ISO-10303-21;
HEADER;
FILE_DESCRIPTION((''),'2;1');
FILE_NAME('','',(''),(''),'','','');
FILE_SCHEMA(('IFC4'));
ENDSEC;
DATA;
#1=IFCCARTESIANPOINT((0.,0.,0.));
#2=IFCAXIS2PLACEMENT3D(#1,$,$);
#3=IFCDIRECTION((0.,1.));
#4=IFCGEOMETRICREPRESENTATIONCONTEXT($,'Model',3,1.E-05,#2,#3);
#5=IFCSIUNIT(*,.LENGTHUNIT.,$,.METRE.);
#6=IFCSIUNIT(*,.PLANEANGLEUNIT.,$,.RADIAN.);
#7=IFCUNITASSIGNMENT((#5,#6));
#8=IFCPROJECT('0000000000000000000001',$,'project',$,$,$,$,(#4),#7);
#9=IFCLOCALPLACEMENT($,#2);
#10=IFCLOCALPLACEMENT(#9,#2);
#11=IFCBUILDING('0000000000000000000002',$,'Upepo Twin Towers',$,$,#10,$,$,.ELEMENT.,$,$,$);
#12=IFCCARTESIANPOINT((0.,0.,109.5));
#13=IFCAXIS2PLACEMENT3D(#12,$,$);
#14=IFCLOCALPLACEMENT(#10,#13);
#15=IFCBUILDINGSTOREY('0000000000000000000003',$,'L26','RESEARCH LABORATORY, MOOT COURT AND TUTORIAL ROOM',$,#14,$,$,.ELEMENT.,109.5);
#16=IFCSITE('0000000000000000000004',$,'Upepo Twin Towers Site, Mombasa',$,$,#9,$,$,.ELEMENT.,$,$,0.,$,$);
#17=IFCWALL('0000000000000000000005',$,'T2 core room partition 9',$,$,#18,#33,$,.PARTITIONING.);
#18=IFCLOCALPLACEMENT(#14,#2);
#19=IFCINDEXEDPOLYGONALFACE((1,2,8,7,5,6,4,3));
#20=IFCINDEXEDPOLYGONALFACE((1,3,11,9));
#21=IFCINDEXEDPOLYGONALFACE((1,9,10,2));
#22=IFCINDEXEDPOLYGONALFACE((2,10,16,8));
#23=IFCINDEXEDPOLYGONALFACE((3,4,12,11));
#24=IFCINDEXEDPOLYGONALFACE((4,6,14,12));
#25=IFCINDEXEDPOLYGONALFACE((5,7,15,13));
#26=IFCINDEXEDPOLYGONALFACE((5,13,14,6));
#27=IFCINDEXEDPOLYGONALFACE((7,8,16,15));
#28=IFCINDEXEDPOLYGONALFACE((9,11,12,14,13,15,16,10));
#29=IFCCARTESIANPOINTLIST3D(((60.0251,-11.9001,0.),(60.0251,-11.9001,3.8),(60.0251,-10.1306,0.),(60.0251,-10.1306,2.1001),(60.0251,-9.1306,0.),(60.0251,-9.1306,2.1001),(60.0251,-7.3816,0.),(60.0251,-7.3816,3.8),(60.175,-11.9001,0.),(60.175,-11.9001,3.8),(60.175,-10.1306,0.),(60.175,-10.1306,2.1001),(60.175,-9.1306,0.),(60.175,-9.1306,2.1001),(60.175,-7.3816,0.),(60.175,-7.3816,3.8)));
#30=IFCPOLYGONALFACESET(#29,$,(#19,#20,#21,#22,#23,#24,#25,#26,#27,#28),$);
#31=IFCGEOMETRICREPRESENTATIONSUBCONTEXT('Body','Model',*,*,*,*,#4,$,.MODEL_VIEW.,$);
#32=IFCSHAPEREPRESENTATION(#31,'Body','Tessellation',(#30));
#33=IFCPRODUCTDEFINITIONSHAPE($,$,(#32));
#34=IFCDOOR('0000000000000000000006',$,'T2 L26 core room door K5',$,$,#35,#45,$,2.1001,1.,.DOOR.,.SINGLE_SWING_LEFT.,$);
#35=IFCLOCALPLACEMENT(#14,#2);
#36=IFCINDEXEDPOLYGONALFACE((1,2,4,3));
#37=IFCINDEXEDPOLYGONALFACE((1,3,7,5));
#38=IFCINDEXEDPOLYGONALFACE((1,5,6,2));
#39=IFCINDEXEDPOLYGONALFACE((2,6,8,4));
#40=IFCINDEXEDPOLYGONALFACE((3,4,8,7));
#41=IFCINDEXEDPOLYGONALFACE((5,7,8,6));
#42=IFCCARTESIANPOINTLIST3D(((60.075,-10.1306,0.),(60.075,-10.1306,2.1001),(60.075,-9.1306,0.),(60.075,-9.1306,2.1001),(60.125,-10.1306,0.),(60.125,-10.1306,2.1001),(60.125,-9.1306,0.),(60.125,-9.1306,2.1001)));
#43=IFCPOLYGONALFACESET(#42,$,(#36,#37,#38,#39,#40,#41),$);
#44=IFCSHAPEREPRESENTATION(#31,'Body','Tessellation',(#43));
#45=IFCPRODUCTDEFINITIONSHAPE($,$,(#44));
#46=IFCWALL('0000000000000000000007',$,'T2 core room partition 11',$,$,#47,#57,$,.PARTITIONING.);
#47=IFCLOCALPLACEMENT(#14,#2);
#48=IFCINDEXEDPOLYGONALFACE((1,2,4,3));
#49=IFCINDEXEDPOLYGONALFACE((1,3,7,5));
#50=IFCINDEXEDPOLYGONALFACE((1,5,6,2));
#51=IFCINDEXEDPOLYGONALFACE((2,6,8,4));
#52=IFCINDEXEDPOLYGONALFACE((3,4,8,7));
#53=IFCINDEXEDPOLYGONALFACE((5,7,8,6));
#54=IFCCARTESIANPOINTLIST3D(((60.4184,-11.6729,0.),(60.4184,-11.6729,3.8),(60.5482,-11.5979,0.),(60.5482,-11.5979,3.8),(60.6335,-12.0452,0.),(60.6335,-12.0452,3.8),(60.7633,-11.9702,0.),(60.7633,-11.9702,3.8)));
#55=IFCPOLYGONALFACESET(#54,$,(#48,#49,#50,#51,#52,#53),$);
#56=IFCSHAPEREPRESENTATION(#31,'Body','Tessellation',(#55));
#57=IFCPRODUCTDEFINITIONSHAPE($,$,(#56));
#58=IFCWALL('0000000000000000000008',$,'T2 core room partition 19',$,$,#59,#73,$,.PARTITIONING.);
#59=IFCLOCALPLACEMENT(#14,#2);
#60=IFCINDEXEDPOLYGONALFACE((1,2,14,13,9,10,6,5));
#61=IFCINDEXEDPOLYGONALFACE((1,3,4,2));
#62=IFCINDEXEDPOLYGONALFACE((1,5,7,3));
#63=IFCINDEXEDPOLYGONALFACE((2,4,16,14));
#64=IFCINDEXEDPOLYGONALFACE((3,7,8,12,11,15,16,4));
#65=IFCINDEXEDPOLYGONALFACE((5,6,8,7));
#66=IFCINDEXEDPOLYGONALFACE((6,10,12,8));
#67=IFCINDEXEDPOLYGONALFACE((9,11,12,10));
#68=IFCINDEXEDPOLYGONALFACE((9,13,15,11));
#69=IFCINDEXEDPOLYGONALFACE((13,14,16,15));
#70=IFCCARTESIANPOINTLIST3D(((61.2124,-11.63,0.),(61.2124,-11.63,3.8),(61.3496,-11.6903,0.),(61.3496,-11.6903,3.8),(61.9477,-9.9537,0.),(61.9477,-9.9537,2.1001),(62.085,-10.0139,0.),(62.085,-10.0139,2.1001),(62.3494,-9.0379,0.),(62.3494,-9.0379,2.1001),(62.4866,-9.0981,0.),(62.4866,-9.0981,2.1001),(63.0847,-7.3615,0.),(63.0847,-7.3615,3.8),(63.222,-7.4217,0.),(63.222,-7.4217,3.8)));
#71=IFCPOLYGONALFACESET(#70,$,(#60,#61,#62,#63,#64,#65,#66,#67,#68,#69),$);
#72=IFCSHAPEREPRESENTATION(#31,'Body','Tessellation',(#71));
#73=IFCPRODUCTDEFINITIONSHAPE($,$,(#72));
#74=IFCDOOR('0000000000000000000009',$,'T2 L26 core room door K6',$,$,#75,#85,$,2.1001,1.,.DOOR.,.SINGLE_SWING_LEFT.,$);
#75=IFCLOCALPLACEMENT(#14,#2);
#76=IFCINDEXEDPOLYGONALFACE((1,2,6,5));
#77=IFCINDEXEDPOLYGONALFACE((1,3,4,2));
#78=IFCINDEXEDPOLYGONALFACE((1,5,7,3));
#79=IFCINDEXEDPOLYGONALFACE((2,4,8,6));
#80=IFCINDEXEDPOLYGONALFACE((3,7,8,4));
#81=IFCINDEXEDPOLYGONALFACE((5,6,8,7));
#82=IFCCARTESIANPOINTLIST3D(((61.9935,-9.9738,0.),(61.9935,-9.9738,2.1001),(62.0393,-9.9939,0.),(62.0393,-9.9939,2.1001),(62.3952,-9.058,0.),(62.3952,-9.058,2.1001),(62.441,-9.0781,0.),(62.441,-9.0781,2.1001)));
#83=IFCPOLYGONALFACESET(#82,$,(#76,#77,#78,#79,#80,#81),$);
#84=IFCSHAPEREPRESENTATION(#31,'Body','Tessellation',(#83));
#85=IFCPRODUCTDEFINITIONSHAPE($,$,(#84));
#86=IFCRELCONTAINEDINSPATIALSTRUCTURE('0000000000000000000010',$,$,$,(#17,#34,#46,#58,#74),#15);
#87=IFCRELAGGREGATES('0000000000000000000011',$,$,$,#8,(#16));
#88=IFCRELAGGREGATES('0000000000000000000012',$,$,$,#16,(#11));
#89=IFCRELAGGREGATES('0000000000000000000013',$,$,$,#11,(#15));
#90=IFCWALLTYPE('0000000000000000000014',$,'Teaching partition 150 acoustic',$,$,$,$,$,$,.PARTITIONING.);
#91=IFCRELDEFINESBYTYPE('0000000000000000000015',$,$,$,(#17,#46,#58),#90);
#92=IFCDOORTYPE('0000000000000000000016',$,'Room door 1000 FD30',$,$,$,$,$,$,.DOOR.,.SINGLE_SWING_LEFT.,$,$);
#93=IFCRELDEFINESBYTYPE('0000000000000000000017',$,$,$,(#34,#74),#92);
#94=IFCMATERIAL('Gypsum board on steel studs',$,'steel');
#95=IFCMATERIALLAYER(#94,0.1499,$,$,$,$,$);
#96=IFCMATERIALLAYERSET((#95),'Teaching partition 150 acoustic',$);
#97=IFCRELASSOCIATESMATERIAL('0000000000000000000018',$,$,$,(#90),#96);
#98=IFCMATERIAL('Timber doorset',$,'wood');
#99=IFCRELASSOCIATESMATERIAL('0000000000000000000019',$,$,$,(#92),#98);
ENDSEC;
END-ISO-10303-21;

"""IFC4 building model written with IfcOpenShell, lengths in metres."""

from ifc_helpers import new_model, si_unit, direction, frame, frame_2d, origin, place, context, subcontext, project, spatial, rectangle, extrude, material, layer, layer_set, type_object, element, fill, save


model = new_model("IFC4")

# Units and contexts
model_context = context("Model", 3, precision=1e-05, world=origin(), true_north=direction((0.0, 1.0)))
body_context = subcontext(model_context, "Body", "Model", "MODEL_VIEW")
ifc_project = project(units=[si_unit("LENGTHUNIT", "METRE"), si_unit("PLANEANGLEUNIT", "RADIAN")], contexts=[model_context])

# Site, building, storey
site_placement = place(None, origin())
site = spatial("IfcSite", under=ifc_project, at=site_placement, Name="Upepo Twin Towers Site, Mombasa", CompositionType="ELEMENT", RefElevation=0.0)
building_placement = place(site_placement, origin())
building = spatial("IfcBuilding", under=site, at=building_placement, Name="Upepo Twin Towers", CompositionType="ELEMENT")
storey_placement = place(building_placement, frame((0.0, 0.0, 109.5)))
storey = spatial("IfcBuildingStorey", under=building, at=storey_placement, Name="L26", Description="RESEARCH LABORATORY, MOOT COURT AND TUTORIAL ROOM", CompositionType="ELEMENT", Elevation=109.5)

# Wall, opening, door
ifc_material_1 = material(Name="Gypsum board on steel studs", Category="steel")
ifc_layer_1 = layer(ifc_material_1, 0.1499)
ifc_layer_set_1 = layer_set([ifc_layer_1], Name="Teaching partition 150 acoustic")
wall_type_1 = type_object("IfcWallType", Name="Teaching partition 150 acoustic", PredefinedType="PARTITIONING", material=ifc_layer_set_1)
wall_1_placement = place(storey_placement, frame((60.1001, -7.3816, 0.0), z_axis=(0.0, 0.0, 1.0), x_axis=(0.0, -1.0, 0.0)))
wall_1 = element("IfcWall", 1, at=wall_1_placement, inside=storey, type_object=wall_type_1, Name="T2 core room partition 9", PredefinedType="PARTITIONING", context=body_context, shape_type="SweptSolid", body=[
    extrude(rectangle(XDim=4.5186, YDim=0.1499, at=frame_2d((2.2593, 0.0))), origin(), (0.0, 0.0, 1.0), 3.8),
])
opening_1_placement = place(wall_1_placement, frame((1.749, 0.0, 0.0)))
opening_1 = element("IfcOpeningElement", 2, at=opening_1_placement, cuts=wall_1, PredefinedType="OPENING", context=body_context, shape_type="SweptSolid", body=[
    extrude(rectangle(XDim=1.0, YDim=2.1001, at=frame_2d((0.5, 1.05))), frame((0.0, 0.085, 0.0), z_axis=(0.0, -1.0, 0.0), x_axis=(1.0, 0.0, 0.0)), (0.0, 0.0, 1.0), 0.1699),
])
ifc_material_2 = material(Name="Timber doorset", Category="wood")
door_type_1 = type_object("IfcDoorType", Name="Room door 1000 FD30", OperationType="SINGLE_SWING_LEFT", PredefinedType="DOOR", material=ifc_material_2)
door_1_placement = place(opening_1_placement, origin())
door_1 = element("IfcDoor", 3, at=door_1_placement, inside=storey, type_object=door_type_1, Name="T2 L26 core room door K5", OperationType="SINGLE_SWING_LEFT", OverallHeight=2.1001, OverallWidth=1.0, PredefinedType="DOOR", context=body_context, shape_type="SweptSolid", body=[
    extrude(rectangle(XDim=1.0, YDim=2.1001, at=frame_2d((0.5, 1.05))), frame((0.0, 0.0249, 0.0), z_axis=(0.0, -1.0, 0.0), x_axis=(1.0, 0.0, 0.0)), (0.0, 0.0, 1.0), 0.05),
])
fill(opening_1, door_1)

# Wall
wall_2_placement = place(storey_placement, frame((60.4834, -11.6355, 0.0), z_axis=(0.0, 0.0, 1.0), x_axis=(0.50023, -0.865892, 0.0)))
element("IfcWall", 4, at=wall_2_placement, inside=storey, type_object=wall_type_1, Name="T2 core room partition 11", PredefinedType="PARTITIONING", context=body_context, shape_type="SweptSolid", body=[
    extrude(rectangle(XDim=0.4299, YDim=0.1499, at=frame_2d((0.2148, 0.0))), origin(), (0.0, 0.0, 1.0), 3.8),
])

# Wall, opening, door
wall_3_placement = place(storey_placement, frame((61.281, -11.6602, 0.0), z_axis=(0.0, 0.0, 1.0), x_axis=(0.401687, 0.915777, 0.0)))
wall_3 = element("IfcWall", 5, at=wall_3_placement, inside=storey, type_object=wall_type_1, Name="T2 core room partition 19", PredefinedType="PARTITIONING", context=body_context, shape_type="SweptSolid", body=[
    extrude(rectangle(XDim=4.6611, YDim=0.1499, at=frame_2d((2.3306, 0.0))), origin(), (0.0, 0.0, 1.0), 3.8),
])
opening_2_placement = place(wall_3_placement, frame((1.8306, 0.0, 0.0)))
opening_2 = element("IfcOpeningElement", 6, at=opening_2_placement, cuts=wall_3, PredefinedType="OPENING", context=body_context, shape_type="SweptSolid", body=[
    extrude(rectangle(XDim=1.0, YDim=2.1001, at=frame_2d((0.5, 1.05))), frame((0.0, 0.085, 0.0), z_axis=(0.0, -1.0, 0.0), x_axis=(1.0, 0.0, 0.0)), (0.0, 0.0, 1.0), 0.1699),
])
door_2_placement = place(opening_2_placement, origin())
door_2 = element("IfcDoor", 7, at=door_2_placement, inside=storey, type_object=door_type_1, Name="T2 L26 core room door K6", OperationType="SINGLE_SWING_LEFT", OverallHeight=2.1001, OverallWidth=1.0, PredefinedType="DOOR", context=body_context, shape_type="SweptSolid", body=[
    extrude(rectangle(XDim=1.0, YDim=2.1001, at=frame_2d((0.5, 1.05))), frame((0.0, 0.0249, 0.0), z_axis=(0.0, -1.0, 0.0), x_axis=(1.0, 0.0, 0.0)), (0.0, 0.0, 1.0), 0.05),
])
fill(opening_2, door_2)

save(model, "model.ifc")
